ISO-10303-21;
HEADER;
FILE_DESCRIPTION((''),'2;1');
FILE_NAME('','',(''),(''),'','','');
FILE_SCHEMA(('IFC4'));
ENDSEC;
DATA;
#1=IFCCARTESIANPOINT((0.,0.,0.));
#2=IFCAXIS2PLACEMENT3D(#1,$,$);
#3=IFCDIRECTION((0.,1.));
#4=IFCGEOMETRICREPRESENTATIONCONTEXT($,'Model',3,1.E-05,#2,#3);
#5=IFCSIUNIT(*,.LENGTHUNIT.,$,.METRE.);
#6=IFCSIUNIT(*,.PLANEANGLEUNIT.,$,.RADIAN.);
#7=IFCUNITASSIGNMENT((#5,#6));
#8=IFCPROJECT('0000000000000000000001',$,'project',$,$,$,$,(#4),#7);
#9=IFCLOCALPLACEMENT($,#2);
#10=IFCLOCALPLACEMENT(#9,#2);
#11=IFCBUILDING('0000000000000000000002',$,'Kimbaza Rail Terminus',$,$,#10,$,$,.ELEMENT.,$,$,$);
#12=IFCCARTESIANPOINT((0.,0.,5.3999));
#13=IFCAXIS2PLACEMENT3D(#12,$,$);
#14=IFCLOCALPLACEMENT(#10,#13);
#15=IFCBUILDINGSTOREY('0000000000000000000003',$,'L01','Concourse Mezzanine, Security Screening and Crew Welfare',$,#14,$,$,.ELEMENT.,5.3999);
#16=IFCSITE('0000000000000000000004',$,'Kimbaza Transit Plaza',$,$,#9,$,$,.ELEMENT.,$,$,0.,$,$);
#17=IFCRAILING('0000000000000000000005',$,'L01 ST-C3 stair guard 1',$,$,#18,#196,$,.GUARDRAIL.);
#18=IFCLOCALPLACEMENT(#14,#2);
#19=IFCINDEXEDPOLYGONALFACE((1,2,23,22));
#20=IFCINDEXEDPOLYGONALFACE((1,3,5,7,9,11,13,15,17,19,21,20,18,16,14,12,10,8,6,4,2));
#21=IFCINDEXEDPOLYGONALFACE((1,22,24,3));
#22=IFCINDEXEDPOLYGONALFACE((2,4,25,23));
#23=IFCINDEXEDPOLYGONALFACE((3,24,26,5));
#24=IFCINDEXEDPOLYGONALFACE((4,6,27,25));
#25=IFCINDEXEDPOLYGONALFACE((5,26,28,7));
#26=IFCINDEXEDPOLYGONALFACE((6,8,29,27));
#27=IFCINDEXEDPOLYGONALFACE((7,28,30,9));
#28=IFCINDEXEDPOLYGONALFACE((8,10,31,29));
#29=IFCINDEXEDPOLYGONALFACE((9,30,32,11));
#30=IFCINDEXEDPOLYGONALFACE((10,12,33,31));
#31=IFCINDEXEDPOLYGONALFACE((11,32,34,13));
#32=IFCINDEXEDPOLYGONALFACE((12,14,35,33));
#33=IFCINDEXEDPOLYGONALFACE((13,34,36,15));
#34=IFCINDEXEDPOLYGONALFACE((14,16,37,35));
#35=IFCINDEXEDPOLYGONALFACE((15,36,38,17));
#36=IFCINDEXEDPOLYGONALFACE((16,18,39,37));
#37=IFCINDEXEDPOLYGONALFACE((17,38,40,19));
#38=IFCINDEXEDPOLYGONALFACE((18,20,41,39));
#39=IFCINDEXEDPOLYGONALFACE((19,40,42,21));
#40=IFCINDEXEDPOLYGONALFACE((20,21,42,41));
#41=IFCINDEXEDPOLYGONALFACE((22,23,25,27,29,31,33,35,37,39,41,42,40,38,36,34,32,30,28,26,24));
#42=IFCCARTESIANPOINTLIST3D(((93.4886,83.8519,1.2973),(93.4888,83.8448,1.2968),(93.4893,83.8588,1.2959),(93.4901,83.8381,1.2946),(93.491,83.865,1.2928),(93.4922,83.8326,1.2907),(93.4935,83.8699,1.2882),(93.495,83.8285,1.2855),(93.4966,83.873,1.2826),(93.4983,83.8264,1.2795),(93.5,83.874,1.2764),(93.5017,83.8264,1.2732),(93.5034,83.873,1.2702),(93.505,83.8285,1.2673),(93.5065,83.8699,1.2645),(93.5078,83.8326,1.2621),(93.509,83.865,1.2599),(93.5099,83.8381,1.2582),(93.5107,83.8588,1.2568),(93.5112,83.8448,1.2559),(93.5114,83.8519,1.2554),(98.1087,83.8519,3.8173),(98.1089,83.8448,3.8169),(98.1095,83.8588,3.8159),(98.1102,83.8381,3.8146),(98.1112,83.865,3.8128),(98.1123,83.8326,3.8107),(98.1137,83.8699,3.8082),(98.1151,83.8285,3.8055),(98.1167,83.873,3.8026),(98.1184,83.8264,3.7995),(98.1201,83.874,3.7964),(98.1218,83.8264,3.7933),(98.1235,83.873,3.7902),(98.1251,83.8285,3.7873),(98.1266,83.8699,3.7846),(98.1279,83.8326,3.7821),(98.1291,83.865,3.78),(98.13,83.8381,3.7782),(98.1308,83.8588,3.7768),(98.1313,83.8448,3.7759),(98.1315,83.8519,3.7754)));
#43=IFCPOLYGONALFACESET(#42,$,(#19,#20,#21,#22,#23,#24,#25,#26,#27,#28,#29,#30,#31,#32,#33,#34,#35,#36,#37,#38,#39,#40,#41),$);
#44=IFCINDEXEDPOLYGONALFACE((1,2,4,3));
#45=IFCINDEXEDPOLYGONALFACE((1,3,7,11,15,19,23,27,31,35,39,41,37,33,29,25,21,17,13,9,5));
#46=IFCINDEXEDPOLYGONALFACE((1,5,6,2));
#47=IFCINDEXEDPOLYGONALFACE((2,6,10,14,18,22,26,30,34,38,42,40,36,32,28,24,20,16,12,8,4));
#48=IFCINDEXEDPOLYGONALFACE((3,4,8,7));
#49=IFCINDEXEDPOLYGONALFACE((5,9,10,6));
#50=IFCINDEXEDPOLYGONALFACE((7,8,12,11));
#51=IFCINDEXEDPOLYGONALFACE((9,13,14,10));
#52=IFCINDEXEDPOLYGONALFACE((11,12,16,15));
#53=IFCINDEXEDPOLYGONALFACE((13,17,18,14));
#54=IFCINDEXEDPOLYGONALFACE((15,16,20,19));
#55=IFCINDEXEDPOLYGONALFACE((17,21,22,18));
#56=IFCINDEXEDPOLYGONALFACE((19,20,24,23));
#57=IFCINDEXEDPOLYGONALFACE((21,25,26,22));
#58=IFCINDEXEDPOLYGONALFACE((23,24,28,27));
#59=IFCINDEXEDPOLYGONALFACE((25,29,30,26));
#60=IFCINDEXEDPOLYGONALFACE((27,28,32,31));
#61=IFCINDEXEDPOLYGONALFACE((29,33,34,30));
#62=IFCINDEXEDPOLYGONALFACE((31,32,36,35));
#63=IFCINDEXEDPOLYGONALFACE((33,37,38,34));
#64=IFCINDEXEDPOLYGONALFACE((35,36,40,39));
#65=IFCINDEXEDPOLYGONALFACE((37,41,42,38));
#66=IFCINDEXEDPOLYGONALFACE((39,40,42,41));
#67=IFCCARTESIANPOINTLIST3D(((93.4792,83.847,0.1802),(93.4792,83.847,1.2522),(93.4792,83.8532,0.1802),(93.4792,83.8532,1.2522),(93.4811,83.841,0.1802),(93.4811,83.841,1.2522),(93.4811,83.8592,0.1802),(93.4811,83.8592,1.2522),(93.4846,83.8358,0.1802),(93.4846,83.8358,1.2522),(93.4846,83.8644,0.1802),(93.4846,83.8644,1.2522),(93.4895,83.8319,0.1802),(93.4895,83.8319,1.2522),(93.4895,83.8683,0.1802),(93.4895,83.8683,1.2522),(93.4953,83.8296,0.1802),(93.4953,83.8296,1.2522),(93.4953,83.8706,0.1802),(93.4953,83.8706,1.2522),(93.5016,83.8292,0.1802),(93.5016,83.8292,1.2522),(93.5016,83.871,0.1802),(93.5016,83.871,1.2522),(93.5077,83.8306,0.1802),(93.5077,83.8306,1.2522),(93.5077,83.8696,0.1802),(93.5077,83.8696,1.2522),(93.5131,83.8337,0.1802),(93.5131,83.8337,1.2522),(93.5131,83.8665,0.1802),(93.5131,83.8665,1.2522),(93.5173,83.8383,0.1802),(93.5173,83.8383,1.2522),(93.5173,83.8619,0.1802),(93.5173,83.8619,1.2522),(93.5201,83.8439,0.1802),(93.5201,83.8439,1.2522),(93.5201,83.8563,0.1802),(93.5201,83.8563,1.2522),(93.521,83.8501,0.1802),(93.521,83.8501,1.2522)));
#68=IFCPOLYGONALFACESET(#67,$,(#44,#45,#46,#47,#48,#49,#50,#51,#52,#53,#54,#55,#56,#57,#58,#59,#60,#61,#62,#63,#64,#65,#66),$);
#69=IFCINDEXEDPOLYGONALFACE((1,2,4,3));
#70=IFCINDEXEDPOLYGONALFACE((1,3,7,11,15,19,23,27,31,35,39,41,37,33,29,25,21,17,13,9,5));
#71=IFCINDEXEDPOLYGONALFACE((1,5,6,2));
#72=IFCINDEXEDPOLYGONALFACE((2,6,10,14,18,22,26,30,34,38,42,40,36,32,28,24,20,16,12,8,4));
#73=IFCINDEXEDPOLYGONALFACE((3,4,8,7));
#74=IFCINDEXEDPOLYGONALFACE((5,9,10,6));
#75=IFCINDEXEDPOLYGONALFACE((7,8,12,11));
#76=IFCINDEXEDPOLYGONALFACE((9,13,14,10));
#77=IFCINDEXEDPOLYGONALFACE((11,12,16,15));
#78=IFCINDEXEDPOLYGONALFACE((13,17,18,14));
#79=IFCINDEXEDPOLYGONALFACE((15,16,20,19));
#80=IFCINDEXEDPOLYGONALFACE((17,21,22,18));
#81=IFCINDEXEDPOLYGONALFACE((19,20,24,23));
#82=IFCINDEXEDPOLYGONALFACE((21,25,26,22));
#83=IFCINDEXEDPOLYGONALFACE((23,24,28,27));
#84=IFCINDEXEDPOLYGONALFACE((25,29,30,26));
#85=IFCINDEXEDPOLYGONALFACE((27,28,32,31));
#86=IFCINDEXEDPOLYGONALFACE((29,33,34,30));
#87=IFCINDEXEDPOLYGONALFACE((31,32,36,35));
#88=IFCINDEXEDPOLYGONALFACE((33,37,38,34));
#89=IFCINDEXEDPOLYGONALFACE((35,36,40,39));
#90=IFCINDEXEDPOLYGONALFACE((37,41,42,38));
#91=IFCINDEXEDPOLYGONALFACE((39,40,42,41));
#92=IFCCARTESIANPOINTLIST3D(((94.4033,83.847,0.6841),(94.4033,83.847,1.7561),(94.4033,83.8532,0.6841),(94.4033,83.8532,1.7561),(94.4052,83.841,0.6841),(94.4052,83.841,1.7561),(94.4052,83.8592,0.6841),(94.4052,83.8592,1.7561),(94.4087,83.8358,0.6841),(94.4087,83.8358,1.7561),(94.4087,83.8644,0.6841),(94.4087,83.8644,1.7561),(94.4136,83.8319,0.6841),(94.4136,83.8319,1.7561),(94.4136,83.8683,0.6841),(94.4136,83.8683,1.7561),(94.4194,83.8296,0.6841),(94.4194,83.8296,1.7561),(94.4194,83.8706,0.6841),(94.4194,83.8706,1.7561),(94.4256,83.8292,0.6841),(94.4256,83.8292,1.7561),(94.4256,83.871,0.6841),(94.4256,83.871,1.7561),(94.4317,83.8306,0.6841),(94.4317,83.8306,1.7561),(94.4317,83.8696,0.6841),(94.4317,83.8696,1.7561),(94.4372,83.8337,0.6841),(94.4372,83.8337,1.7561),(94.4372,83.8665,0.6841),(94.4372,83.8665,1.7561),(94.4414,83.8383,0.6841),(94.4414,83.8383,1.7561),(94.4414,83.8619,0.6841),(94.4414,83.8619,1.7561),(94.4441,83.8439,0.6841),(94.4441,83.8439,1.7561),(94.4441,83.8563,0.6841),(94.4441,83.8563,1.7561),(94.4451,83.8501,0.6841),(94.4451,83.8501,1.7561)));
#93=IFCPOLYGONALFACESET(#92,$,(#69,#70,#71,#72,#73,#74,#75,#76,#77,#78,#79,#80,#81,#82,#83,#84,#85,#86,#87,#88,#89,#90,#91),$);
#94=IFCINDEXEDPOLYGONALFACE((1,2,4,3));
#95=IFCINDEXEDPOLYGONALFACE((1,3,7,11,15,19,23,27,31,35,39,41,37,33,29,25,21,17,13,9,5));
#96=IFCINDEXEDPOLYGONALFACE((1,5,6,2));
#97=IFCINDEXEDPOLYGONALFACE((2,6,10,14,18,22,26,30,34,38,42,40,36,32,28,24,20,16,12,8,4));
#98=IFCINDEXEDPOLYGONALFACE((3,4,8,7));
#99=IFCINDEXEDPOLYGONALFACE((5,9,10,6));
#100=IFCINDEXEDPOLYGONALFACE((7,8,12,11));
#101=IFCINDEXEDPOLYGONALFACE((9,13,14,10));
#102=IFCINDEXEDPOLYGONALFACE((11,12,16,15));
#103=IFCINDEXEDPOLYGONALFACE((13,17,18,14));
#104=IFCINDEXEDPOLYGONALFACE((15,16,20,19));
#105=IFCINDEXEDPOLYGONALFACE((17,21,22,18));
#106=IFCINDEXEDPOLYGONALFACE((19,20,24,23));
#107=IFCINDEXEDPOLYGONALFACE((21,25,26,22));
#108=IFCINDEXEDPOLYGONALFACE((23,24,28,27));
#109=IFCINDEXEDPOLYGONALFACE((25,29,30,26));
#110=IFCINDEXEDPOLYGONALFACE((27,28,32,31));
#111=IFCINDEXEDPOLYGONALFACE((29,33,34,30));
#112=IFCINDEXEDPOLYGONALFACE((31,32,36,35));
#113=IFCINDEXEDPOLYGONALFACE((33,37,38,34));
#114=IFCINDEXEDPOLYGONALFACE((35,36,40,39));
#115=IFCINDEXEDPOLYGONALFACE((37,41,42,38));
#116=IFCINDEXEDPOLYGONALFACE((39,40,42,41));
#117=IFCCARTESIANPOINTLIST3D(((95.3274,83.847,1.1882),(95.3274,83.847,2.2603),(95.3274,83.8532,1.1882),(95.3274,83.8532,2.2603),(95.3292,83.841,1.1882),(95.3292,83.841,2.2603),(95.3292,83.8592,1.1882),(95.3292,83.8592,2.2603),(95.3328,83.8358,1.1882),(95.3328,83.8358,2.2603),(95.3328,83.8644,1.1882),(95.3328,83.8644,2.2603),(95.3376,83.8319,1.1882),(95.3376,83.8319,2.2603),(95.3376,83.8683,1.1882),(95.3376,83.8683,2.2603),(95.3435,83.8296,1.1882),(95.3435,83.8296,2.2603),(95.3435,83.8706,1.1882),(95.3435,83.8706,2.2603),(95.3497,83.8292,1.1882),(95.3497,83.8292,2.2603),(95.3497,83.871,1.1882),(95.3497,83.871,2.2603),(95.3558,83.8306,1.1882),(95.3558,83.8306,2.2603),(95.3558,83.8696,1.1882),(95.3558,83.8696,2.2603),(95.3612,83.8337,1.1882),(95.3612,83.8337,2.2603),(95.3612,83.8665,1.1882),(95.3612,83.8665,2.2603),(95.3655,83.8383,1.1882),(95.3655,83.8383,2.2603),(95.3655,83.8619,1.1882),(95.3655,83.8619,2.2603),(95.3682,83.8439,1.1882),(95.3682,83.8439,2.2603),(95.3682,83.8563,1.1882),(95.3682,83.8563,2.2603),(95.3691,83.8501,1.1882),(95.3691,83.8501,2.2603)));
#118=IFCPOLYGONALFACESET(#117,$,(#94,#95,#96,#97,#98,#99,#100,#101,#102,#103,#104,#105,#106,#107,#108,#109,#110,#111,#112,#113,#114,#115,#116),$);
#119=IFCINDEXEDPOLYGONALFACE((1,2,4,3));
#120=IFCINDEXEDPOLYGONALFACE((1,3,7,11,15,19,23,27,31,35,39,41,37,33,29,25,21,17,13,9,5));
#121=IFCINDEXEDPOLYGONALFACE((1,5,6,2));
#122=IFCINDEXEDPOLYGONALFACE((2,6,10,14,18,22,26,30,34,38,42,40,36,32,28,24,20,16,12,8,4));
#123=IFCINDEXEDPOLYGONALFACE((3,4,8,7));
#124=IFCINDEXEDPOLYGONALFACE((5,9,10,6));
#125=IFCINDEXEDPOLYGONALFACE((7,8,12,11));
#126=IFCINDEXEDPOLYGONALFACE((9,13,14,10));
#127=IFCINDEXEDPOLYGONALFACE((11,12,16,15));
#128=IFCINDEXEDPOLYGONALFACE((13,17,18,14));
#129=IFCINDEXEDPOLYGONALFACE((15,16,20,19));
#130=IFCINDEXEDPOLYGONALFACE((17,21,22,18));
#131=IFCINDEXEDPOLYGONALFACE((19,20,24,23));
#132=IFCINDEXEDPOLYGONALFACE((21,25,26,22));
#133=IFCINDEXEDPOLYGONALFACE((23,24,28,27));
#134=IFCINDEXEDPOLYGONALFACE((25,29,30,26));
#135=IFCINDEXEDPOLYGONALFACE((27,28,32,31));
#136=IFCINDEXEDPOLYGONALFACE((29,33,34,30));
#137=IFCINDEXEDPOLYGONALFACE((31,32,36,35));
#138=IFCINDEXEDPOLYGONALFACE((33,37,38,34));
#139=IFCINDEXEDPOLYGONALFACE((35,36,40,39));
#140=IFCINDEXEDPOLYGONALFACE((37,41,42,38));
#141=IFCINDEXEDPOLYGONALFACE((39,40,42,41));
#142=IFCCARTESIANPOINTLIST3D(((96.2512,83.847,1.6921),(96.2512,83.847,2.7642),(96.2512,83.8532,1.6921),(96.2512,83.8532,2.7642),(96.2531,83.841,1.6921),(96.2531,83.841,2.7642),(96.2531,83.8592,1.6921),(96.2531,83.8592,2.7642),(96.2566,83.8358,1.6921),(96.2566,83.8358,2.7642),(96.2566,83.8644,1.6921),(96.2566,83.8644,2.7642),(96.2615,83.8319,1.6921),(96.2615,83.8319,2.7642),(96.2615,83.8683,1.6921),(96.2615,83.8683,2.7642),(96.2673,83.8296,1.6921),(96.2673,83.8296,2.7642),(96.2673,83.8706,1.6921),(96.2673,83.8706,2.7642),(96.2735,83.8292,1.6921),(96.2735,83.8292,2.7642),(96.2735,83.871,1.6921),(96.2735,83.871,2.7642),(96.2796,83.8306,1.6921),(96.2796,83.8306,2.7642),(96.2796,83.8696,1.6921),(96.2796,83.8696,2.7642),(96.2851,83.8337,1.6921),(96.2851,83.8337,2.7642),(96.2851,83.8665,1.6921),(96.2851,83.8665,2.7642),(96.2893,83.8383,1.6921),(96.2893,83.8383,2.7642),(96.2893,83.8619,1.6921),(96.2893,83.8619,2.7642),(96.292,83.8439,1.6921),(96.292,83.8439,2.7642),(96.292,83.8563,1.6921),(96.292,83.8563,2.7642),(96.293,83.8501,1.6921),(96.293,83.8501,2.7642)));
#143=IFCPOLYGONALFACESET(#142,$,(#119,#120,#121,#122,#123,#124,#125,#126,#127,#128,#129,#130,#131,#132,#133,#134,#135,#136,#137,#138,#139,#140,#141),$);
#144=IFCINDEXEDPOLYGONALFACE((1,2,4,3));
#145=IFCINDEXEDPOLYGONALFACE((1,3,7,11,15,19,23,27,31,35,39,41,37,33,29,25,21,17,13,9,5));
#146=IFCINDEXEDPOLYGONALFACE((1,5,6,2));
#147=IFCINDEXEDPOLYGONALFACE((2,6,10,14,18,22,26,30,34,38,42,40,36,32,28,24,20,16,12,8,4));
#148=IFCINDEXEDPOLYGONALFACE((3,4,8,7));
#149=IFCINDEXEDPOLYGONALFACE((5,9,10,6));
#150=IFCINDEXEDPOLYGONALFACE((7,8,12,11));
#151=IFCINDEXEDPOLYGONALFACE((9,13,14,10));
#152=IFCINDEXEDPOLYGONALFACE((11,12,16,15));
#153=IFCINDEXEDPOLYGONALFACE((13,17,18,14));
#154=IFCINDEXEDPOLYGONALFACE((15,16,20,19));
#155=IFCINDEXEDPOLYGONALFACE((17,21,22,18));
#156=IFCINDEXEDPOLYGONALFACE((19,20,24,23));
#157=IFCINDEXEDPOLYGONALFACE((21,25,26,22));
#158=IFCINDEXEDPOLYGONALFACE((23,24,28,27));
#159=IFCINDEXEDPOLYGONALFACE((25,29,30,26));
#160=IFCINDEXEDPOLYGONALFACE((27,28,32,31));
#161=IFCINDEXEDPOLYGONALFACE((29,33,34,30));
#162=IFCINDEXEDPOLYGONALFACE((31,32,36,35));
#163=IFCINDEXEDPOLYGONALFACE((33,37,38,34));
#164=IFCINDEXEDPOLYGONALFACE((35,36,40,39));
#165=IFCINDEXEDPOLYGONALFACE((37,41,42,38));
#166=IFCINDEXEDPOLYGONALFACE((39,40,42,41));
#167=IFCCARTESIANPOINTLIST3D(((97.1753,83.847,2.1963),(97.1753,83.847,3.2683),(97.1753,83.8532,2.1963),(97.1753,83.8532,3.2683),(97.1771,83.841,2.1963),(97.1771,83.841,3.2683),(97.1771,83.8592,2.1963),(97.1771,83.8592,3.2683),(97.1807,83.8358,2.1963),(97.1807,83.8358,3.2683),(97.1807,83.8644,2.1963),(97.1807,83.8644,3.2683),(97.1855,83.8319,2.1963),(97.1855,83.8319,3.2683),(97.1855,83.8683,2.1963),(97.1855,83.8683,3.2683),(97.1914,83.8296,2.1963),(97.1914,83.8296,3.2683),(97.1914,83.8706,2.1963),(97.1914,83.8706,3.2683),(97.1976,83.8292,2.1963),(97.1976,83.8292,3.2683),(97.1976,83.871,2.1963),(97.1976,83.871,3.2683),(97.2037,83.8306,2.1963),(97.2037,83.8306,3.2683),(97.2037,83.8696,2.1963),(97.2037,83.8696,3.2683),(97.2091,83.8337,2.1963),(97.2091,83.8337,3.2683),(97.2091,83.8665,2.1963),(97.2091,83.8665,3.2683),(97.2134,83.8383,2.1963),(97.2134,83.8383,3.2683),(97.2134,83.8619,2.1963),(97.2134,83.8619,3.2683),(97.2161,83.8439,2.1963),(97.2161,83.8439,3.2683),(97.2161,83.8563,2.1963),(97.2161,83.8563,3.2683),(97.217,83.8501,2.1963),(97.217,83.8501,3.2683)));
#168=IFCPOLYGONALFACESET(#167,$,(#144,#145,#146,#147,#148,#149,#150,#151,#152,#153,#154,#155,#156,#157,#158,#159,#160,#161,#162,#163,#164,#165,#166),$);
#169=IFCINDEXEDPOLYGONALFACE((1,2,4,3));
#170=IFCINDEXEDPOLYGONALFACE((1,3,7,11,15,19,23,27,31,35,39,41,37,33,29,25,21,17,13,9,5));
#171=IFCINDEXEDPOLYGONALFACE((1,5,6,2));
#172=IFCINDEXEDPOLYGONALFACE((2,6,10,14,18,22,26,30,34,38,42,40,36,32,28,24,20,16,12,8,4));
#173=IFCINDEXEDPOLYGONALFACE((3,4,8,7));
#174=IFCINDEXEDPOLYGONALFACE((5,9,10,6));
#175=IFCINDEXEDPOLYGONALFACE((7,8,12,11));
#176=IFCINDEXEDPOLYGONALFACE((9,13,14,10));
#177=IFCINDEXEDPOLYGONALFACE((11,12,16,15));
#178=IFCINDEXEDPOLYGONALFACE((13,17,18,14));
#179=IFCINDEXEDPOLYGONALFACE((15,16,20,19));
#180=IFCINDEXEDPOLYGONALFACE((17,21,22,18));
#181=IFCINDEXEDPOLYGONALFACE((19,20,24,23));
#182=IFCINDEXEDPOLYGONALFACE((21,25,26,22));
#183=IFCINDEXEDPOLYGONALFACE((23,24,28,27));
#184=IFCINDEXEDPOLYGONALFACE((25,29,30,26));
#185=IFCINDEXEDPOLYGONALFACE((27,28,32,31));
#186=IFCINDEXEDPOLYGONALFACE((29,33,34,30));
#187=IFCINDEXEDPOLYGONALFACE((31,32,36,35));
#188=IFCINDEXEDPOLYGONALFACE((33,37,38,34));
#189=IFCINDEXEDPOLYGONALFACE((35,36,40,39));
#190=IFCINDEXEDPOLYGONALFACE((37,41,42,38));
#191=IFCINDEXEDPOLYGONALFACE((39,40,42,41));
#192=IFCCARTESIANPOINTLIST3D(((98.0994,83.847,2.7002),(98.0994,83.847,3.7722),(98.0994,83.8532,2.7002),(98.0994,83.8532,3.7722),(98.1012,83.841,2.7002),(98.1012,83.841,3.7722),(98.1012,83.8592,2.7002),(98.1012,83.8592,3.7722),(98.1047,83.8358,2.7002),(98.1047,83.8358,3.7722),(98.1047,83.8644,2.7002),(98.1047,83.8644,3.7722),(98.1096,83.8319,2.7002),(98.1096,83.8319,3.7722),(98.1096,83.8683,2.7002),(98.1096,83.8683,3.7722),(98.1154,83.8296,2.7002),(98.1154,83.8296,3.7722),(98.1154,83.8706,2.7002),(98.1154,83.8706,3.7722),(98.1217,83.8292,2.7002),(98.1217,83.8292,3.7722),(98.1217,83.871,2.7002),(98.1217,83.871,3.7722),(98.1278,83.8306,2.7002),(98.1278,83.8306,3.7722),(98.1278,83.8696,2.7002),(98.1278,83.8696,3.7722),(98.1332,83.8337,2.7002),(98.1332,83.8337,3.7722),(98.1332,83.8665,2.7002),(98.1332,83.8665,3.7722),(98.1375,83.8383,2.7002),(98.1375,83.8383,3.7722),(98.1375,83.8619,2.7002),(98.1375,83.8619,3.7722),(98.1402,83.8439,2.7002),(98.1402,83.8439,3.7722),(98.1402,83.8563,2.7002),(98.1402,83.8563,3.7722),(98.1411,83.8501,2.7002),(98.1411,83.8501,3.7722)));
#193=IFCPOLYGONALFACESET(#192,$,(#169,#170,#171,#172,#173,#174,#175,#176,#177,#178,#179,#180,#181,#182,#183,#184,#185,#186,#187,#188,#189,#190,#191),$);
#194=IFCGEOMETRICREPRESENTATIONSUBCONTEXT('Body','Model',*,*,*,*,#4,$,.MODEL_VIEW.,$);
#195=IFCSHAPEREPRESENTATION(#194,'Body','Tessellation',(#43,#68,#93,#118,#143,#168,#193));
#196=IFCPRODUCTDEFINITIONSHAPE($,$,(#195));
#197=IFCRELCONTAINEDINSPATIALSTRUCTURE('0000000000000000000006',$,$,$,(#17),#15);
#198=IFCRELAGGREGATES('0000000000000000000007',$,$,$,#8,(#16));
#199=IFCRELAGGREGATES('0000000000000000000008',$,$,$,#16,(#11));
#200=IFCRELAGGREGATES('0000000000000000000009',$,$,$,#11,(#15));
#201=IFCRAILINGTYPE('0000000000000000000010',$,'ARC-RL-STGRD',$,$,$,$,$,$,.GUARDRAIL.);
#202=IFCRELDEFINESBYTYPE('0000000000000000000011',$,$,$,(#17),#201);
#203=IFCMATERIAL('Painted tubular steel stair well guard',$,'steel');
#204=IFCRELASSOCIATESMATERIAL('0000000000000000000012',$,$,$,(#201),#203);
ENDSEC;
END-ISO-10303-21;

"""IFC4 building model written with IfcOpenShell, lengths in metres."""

from ifc_helpers import new_model, si_unit, direction, frame, origin, origin_2d, place, context, subcontext, project, spatial, circle, extrude, material, type_object, element, save


model = new_model("IFC4")

# Units and contexts
model_context = context("Model", 3, precision=1e-05, world=origin(), true_north=direction((0.0, 1.0)))
body_context = subcontext(model_context, "Body", "Model", "MODEL_VIEW")
ifc_project = project(units=[si_unit("LENGTHUNIT", "METRE"), si_unit("PLANEANGLEUNIT", "RADIAN")], contexts=[model_context])

# Site, building, storey
site_placement = place(None, origin())
site = spatial("IfcSite", under=ifc_project, at=site_placement, Name="Kimbaza Transit Plaza", CompositionType="ELEMENT", RefElevation=0.0)
building_placement = place(site_placement, origin())
building = spatial("IfcBuilding", under=site, at=building_placement, Name="Kimbaza Rail Terminus", CompositionType="ELEMENT")
storey_placement = place(building_placement, frame((0.0, 0.0, 5.3999)))
storey = spatial("IfcBuildingStorey", under=building, at=storey_placement, Name="L01", Description="Concourse Mezzanine, Security Screening and Crew Welfare", CompositionType="ELEMENT", Elevation=5.3999)

# Railing
ifc_material_1 = material(Name="Painted tubular steel stair well guard", Category="steel")
railing_type_1 = type_object("IfcRailingType", Name="ARC-RL-STGRD", PredefinedType="GUARDRAIL", material=ifc_material_1)
railing_1_placement = place(storey_placement, frame((93.5, 83.8501, 0.1802)))
element("IfcRailing", 1, at=railing_1_placement, inside=storey, type_object=railing_type_1, Name="L01 ST-C3 stair guard 1", PredefinedType="GUARDRAIL", context=body_context, shape_type="SweptSolid", body=[
    extrude(circle(Radius=0.0239, at=origin_2d()), frame((0.0, 0.0, 1.0962), z_axis=(0.877899, 0.0, 0.478846), x_axis=(0.0, 1.0, 0.0)), (0.0, 0.0, 1.0), 5.2627),
    extrude(circle(Radius=0.021, at=origin_2d()), origin(), (0.0, 0.0, 1.0), 1.072),
    extrude(circle(Radius=0.021, at=origin_2d()), frame((0.9241, 0.0, 0.5039)), (0.0, 0.0, 1.0), 1.072),
    extrude(circle(Radius=0.021, at=origin_2d()), frame((1.8481, 0.0, 1.0081)), (0.0, 0.0, 1.0), 1.072),
    extrude(circle(Radius=0.021, at=origin_2d()), frame((2.772, 0.0, 1.512)), (0.0, 0.0, 1.0), 1.072),
    extrude(circle(Radius=0.021, at=origin_2d()), frame((3.696, 0.0, 2.0161)), (0.0, 0.0, 1.0), 1.072),
    extrude(circle(Radius=0.021, at=origin_2d()), frame((4.6201, 0.0, 2.52)), (0.0, 0.0, 1.0), 1.072),
])

save(model, "model.ifc")
